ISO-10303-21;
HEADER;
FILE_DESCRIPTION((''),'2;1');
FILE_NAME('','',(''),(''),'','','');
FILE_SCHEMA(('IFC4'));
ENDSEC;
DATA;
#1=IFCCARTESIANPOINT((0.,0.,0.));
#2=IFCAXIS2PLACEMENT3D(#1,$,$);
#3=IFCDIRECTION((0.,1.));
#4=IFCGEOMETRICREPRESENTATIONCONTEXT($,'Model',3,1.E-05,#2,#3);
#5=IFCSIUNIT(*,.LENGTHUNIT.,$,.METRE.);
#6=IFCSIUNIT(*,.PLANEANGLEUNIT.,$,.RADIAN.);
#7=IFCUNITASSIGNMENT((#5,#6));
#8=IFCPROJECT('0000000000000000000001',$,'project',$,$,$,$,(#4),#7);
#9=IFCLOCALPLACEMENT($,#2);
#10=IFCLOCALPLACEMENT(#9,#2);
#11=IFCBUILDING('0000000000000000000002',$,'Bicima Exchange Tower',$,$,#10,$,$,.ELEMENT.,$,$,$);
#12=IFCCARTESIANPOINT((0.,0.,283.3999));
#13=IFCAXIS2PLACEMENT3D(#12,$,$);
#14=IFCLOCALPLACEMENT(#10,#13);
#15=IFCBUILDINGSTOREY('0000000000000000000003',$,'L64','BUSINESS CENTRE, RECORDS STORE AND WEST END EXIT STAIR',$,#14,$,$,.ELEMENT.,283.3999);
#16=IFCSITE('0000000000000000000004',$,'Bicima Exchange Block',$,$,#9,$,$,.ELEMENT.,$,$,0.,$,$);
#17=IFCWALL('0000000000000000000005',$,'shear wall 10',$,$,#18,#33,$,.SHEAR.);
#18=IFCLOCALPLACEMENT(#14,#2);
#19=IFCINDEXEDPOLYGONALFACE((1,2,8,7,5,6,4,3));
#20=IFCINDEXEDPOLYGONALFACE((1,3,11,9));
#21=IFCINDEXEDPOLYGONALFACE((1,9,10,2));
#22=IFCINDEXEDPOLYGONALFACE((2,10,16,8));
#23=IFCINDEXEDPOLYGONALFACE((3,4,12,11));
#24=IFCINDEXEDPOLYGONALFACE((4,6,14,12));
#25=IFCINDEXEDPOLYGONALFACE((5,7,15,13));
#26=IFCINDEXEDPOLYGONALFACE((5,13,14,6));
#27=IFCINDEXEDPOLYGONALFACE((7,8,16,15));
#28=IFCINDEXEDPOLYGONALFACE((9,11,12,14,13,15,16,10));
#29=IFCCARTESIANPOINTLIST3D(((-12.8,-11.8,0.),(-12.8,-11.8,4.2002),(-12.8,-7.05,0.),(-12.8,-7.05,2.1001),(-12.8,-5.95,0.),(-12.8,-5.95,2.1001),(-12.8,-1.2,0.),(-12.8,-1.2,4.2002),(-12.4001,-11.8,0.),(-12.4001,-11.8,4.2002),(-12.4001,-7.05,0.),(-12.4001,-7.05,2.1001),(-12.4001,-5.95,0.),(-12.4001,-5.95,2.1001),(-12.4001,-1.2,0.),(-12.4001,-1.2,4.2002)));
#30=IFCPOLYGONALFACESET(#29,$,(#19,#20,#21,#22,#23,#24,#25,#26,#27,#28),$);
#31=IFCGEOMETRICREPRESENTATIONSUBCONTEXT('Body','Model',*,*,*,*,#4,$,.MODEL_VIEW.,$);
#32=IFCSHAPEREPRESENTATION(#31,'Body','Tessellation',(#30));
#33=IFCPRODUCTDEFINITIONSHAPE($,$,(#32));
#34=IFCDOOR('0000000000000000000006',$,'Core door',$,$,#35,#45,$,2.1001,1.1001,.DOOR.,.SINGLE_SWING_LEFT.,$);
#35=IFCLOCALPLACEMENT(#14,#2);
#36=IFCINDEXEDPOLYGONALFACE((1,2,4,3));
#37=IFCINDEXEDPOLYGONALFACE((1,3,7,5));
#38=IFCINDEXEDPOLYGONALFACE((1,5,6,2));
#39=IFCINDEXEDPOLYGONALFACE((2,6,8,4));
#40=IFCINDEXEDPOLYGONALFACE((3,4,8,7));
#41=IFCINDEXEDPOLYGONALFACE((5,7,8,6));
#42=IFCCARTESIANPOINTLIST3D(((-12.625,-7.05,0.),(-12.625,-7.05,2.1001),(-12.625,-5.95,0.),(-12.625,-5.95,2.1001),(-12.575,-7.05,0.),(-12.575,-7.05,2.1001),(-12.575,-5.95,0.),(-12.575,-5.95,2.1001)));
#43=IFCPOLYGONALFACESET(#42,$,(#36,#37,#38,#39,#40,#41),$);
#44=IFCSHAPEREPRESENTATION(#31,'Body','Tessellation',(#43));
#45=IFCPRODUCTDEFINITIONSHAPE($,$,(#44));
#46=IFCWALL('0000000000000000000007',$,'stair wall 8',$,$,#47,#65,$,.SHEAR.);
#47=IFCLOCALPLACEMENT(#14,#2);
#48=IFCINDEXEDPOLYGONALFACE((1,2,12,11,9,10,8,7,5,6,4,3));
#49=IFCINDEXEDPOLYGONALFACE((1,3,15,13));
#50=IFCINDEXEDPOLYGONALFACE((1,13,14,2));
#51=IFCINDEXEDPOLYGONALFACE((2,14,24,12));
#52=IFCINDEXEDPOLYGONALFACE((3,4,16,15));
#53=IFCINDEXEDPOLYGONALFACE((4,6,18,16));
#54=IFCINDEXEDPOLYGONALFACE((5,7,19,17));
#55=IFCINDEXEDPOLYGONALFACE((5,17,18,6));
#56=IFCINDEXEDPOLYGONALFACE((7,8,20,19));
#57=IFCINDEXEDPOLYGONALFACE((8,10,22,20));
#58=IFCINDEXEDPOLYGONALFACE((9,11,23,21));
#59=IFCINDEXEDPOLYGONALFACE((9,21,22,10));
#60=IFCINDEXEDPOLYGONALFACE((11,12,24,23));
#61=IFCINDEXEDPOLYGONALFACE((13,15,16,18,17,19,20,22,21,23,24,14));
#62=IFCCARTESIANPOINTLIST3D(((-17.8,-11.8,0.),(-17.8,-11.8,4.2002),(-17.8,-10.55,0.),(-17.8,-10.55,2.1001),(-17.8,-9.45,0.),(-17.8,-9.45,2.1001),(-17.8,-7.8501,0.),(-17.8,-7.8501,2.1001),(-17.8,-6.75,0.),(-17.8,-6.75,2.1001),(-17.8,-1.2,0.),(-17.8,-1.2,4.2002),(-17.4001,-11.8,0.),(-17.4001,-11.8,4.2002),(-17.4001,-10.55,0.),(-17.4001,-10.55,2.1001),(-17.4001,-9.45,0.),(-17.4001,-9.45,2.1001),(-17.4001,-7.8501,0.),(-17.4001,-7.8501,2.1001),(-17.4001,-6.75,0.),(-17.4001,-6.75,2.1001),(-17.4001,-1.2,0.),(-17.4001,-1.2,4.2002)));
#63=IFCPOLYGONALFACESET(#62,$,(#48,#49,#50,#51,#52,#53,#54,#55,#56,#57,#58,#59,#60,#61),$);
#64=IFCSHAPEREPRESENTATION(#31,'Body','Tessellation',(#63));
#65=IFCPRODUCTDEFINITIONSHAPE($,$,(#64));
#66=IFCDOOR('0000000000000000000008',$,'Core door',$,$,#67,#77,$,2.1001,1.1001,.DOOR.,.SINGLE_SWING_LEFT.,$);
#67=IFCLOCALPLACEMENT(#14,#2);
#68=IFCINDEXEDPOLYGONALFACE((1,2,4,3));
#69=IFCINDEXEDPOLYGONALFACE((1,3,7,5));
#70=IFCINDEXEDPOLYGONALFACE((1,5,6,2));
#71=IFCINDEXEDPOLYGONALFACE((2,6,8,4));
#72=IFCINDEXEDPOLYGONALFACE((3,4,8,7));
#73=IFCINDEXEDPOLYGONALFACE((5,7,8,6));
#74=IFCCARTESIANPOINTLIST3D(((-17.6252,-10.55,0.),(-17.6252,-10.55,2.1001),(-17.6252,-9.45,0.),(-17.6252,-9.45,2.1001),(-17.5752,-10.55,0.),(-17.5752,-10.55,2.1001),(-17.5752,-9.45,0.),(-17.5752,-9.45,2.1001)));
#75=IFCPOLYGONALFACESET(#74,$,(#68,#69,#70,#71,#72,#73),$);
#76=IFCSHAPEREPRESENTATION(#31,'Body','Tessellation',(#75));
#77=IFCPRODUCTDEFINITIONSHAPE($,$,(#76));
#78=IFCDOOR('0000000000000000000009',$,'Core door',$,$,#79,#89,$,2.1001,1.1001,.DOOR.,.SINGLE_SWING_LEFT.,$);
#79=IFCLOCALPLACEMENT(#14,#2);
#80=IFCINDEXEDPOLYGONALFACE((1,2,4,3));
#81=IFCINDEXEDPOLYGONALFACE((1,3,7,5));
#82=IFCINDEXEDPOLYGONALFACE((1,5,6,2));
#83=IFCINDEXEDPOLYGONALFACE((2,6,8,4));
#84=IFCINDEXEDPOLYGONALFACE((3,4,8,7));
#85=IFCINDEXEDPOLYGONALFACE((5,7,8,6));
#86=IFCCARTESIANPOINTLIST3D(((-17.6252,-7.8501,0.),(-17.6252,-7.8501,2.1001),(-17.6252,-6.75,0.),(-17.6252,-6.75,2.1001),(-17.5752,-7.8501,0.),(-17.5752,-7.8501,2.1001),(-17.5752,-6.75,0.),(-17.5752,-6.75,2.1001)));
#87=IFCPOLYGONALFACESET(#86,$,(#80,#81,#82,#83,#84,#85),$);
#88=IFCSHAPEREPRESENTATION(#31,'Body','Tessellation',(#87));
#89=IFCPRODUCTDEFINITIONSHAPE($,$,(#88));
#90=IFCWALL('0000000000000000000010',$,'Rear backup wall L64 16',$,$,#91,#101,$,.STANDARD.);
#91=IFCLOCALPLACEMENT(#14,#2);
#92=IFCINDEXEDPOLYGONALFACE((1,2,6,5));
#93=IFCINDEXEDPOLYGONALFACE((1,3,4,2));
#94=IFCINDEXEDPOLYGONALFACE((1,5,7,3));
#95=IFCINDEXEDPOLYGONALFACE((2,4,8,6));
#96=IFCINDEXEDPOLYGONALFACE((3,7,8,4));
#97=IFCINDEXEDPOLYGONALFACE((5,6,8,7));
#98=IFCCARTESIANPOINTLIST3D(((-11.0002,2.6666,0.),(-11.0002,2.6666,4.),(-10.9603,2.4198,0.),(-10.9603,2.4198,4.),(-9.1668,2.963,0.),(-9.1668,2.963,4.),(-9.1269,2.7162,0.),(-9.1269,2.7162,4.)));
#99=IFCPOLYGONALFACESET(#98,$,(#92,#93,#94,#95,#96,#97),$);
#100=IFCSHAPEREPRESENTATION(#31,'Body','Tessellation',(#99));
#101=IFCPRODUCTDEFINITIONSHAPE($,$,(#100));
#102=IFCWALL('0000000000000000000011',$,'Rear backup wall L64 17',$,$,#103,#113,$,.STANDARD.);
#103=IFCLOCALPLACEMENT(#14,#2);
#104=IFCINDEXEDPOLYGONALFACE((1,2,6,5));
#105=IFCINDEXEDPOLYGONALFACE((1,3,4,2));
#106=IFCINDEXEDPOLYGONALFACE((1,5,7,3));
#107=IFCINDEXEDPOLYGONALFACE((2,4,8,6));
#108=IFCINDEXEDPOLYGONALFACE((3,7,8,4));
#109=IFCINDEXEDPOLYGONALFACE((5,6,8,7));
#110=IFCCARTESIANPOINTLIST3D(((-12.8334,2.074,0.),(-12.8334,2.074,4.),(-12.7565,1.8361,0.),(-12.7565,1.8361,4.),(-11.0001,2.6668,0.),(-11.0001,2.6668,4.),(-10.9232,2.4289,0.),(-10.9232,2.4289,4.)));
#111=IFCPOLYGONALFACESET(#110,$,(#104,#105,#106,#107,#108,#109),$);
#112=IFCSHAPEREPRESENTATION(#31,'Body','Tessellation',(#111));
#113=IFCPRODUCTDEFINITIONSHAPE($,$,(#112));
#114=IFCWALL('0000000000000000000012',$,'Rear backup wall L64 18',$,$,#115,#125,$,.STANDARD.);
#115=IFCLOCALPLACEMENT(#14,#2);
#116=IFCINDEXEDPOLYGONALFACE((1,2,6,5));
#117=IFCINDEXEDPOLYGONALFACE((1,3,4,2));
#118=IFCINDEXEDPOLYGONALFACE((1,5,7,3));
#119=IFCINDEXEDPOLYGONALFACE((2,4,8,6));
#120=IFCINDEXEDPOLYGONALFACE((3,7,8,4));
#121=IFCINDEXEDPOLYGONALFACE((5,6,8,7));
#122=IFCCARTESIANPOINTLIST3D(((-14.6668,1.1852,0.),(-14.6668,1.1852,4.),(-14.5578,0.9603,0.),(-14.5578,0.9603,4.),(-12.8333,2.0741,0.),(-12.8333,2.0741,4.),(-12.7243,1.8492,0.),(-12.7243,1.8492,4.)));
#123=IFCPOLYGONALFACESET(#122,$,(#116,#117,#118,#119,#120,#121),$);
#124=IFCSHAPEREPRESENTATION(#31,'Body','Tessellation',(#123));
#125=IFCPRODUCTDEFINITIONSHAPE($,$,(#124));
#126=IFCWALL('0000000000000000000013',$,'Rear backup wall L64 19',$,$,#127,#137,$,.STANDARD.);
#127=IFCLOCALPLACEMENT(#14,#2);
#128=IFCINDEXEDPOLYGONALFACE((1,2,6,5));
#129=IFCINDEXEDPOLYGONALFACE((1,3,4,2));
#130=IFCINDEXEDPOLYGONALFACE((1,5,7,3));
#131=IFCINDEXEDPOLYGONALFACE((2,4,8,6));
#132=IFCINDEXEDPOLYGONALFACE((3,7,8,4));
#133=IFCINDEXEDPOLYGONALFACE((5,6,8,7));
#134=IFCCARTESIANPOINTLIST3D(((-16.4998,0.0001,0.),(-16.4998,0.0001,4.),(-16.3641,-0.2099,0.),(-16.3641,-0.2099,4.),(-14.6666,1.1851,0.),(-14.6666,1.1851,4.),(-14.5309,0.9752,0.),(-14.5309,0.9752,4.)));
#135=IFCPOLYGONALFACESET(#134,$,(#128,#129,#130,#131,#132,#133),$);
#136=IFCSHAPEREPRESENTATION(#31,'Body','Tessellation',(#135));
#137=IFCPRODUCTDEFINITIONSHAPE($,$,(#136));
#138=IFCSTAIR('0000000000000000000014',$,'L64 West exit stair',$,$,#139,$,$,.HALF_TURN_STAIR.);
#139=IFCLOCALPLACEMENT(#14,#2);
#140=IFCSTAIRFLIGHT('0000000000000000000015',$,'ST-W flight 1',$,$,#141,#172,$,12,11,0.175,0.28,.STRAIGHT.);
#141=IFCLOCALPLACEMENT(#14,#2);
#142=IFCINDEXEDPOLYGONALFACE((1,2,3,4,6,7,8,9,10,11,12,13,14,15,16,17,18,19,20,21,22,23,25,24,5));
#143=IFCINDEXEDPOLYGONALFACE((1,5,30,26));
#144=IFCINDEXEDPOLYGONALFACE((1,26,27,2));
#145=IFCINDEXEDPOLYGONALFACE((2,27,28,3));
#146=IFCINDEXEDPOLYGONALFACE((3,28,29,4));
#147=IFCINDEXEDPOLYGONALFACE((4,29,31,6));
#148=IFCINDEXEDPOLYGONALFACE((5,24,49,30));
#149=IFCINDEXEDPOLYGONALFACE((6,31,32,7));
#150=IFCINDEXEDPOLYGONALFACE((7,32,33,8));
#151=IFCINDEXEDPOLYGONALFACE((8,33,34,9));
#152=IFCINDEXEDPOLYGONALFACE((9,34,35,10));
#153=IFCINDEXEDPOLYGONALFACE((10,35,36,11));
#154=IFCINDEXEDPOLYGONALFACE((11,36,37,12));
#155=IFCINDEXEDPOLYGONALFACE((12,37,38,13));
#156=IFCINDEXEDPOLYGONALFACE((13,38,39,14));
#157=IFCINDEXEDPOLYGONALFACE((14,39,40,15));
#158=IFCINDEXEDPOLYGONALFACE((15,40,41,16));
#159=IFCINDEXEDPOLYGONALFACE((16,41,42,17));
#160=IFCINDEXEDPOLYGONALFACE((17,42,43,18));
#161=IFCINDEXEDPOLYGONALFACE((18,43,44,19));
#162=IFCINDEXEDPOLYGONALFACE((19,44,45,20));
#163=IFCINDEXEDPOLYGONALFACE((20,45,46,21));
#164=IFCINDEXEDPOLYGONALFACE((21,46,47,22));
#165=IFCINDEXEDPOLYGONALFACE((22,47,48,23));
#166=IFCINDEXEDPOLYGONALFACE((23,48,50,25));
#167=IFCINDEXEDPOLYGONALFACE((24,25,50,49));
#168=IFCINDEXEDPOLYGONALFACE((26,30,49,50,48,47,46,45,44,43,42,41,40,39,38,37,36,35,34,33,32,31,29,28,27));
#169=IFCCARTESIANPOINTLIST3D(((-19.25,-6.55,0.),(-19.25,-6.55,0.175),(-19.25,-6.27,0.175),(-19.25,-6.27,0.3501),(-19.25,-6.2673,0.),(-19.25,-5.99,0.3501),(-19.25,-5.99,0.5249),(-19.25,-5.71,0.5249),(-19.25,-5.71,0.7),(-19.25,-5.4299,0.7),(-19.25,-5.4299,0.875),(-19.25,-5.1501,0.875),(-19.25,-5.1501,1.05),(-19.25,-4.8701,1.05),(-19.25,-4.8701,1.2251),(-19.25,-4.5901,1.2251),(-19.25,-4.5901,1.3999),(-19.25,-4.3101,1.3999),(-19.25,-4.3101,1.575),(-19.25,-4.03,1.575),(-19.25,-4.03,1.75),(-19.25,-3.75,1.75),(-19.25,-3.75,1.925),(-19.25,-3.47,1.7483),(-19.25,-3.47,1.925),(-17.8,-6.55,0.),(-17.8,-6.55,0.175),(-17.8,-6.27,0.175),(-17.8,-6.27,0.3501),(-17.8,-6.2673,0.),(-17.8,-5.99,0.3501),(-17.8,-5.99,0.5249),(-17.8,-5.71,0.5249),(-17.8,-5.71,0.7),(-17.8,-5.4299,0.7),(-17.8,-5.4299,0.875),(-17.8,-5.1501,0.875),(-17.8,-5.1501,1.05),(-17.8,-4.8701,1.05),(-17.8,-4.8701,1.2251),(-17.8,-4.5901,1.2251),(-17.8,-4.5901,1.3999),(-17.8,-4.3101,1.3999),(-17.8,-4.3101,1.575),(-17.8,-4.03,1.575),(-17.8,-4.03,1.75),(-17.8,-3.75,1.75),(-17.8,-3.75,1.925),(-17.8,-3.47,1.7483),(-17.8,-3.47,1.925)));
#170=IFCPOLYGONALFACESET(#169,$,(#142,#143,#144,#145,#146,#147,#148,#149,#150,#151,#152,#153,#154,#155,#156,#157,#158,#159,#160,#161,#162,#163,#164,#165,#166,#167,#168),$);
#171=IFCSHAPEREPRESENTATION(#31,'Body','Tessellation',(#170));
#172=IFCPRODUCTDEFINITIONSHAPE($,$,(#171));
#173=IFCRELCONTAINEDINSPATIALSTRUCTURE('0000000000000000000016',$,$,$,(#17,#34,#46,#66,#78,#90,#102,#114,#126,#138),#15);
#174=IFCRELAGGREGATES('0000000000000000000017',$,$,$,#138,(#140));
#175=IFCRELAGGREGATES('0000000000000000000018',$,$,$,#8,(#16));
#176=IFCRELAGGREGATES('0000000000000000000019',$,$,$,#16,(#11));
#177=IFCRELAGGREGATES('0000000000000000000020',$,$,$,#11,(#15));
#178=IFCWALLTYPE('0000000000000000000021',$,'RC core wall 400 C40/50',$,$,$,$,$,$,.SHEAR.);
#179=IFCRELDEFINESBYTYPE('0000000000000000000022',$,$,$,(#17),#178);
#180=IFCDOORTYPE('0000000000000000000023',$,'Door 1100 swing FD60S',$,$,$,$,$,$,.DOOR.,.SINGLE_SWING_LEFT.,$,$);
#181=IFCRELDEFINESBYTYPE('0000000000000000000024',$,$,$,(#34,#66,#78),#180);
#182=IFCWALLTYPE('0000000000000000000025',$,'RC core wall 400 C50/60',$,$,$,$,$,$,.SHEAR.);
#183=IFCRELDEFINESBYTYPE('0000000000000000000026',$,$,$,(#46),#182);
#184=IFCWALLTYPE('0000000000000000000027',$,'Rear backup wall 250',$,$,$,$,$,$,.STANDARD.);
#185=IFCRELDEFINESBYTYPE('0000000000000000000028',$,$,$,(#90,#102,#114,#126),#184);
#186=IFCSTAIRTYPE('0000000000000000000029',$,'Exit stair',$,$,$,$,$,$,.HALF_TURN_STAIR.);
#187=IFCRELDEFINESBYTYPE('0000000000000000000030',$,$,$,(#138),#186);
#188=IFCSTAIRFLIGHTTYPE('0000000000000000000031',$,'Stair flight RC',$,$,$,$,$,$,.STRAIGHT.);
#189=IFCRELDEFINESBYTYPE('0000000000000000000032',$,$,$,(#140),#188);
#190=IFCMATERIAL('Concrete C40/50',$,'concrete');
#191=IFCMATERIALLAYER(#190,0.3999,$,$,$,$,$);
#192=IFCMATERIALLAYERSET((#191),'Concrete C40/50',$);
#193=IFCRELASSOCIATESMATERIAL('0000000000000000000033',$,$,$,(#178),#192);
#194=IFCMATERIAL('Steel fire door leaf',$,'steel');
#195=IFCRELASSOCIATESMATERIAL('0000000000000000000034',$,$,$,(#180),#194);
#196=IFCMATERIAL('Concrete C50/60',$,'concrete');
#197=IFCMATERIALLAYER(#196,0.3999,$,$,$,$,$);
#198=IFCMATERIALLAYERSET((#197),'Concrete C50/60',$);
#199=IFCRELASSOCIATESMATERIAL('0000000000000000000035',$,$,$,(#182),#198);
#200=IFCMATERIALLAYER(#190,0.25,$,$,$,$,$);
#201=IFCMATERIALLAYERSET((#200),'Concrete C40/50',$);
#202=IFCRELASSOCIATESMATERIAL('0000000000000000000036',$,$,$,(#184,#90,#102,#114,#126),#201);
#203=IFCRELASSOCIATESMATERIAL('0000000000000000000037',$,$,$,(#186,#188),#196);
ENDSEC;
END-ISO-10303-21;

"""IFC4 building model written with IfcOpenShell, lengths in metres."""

from ifc_helpers import new_model, si_unit, direction, frame, frame_2d, origin, place, context, subcontext, project, spatial, polyline, rectangle, outline, extrude, material, layer, layer_set, layer_usage, type_object, element, fill, aggregate, save


model = new_model("IFC4")

# Units and contexts
model_context = context("Model", 3, precision=1e-05, world=origin(), true_north=direction((0.0, 1.0)))
body_context = subcontext(model_context, "Body", "Model", "MODEL_VIEW")
ifc_project = project(units=[si_unit("LENGTHUNIT", "METRE"), si_unit("PLANEANGLEUNIT", "RADIAN")], contexts=[model_context])

# Site, building, storey
site_placement = place(None, origin())
site = spatial("IfcSite", under=ifc_project, at=site_placement, Name="Bicima Exchange Block", CompositionType="ELEMENT", RefElevation=0.0)
building_placement = place(site_placement, origin())
building = spatial("IfcBuilding", under=site, at=building_placement, Name="Bicima Exchange Tower", CompositionType="ELEMENT")
storey_placement = place(building_placement, frame((0.0, 0.0, 283.3999)))
storey = spatial("IfcBuildingStorey", under=building, at=storey_placement, Name="L64", Description="BUSINESS CENTRE, RECORDS STORE AND WEST END EXIT STAIR", CompositionType="ELEMENT", Elevation=283.3999)

# Shared definitions
ifc_material_1 = material(Name="Concrete C40/50", Category="concrete")
ifc_layer_1 = layer(ifc_material_1, 0.3999)
ifc_layer_set_1 = layer_set([ifc_layer_1], Name="Concrete C40/50")
wall_type_1 = type_object("IfcWallType", Name="RC core wall 400 C40/50", PredefinedType="SHEAR", material=ifc_layer_set_1)

# Shared definitions
ifc_material_2 = material(Name="Steel fire door leaf", Category="steel")

# Wall, opening, door
wall_1_placement = place(storey_placement, frame((-12.6001, -11.8, 0.0), z_axis=(0.0, 0.0, 1.0), x_axis=(0.0, 1.0, 0.0)))
wall_1 = element("IfcWall", 1, at=wall_1_placement, inside=storey, type_object=wall_type_1, Name="shear wall 10", PredefinedType="SHEAR", context=body_context, shape_type="SweptSolid", body=[
    extrude(rectangle(XDim=10.6001, YDim=0.3999, at=frame_2d((5.3, 0.0))), origin(), (0.0, 0.0, 1.0), 4.2002),
])
opening_1_placement = place(wall_1_placement, frame((4.75, 0.0, 0.0)))
opening_1 = element("IfcOpeningElement", 2, at=opening_1_placement, cuts=wall_1, PredefinedType="OPENING", context=body_context, shape_type="SweptSolid", body=[
    extrude(rectangle(XDim=1.1001, YDim=2.1001, at=frame_2d((0.55, 1.05))), frame((0.0, 0.2119, 0.0), z_axis=(0.0, -1.0, 0.0), x_axis=(1.0, 0.0, 0.0)), (0.0, 0.0, 1.0), 0.4238),
])
door_type_1 = type_object("IfcDoorType", Name="Door 1100 swing FD60S", OperationType="SINGLE_SWING_LEFT", PredefinedType="DOOR", material=ifc_material_2)
door_1_placement = place(opening_1_placement, origin())
door_1 = element("IfcDoor", 3, at=door_1_placement, inside=storey, type_object=door_type_1, Name="Core door", OperationType="SINGLE_SWING_LEFT", OverallHeight=2.1001, OverallWidth=1.1001, PredefinedType="DOOR", context=body_context, shape_type="SweptSolid", body=[
    extrude(rectangle(XDim=1.1001, YDim=2.1001, at=frame_2d((0.55, 1.05))), frame((0.0, 0.0249, 0.0), z_axis=(0.0, -1.0, 0.0), x_axis=(1.0, 0.0, 0.0)), (0.0, 0.0, 1.0), 0.05),
])
fill(opening_1, door_1)

# Wall, openings, doors
ifc_material_3 = material(Name="Concrete C50/60", Category="concrete")
ifc_layer_2 = layer(ifc_material_3, 0.3999)
ifc_layer_set_2 = layer_set([ifc_layer_2], Name="Concrete C50/60")
wall_type_2 = type_object("IfcWallType", Name="RC core wall 400 C50/60", PredefinedType="SHEAR", material=ifc_layer_set_2)
wall_2_placement = place(storey_placement, frame((-17.6001, -11.8, 0.0), z_axis=(0.0, 0.0, 1.0), x_axis=(0.0, 1.0, 0.0)))
wall_2 = element("IfcWall", 4, at=wall_2_placement, inside=storey, type_object=wall_type_2, Name="stair wall 8", PredefinedType="SHEAR", context=body_context, shape_type="SweptSolid", body=[
    extrude(rectangle(XDim=10.6001, YDim=0.3999, at=frame_2d((5.3, 0.0))), origin(), (0.0, 0.0, 1.0), 4.2002),
])
opening_2_placement = place(wall_2_placement, frame((1.25, 0.0, 0.0)))
opening_2 = element("IfcOpeningElement", 5, at=opening_2_placement, cuts=wall_2, PredefinedType="OPENING", context=body_context, shape_type="SweptSolid", body=[
    extrude(rectangle(XDim=1.1001, YDim=2.1001, at=frame_2d((0.55, 1.05))), frame((0.0, 0.2119, 0.0), z_axis=(0.0, -1.0, 0.0), x_axis=(1.0, 0.0, 0.0)), (0.0, 0.0, 1.0), 0.4238),
])
opening_3_placement = place(wall_2_placement, frame((3.95, 0.0, 0.0)))
opening_3 = element("IfcOpeningElement", 6, at=opening_3_placement, cuts=wall_2, PredefinedType="OPENING", context=body_context, shape_type="SweptSolid", body=[
    extrude(rectangle(XDim=1.1001, YDim=2.1001, at=frame_2d((0.55, 1.05))), frame((0.0, 0.2119, 0.0), z_axis=(0.0, -1.0, 0.0), x_axis=(1.0, 0.0, 0.0)), (0.0, 0.0, 1.0), 0.4238),
])
door_2_placement = place(opening_2_placement, frame((1.1001, 0.0, 0.0), z_axis=(0.0, 0.0, 1.0), x_axis=(-1.0, 0.0, 0.0)))
door_2 = element("IfcDoor", 7, at=door_2_placement, inside=storey, type_object=door_type_1, Name="Core door", OperationType="SINGLE_SWING_LEFT", OverallHeight=2.1001, OverallWidth=1.1001, PredefinedType="DOOR", context=body_context, shape_type="SweptSolid", body=[
    extrude(rectangle(XDim=1.1001, YDim=2.1001, at=frame_2d((0.55, 1.05))), frame((0.0, 0.0249, 0.0), z_axis=(0.0, -1.0, 0.0), x_axis=(1.0, 0.0, 0.0)), (0.0, 0.0, 1.0), 0.05),
])
fill(opening_2, door_2)
door_3_placement = place(opening_3_placement, frame((1.1001, 0.0, 0.0), z_axis=(0.0, 0.0, 1.0), x_axis=(-1.0, 0.0, 0.0)))
door_3 = element("IfcDoor", 8, at=door_3_placement, inside=storey, type_object=door_type_1, Name="Core door", OperationType="SINGLE_SWING_LEFT", OverallHeight=2.1001, OverallWidth=1.1001, PredefinedType="DOOR", context=body_context, shape_type="SweptSolid", body=[
    extrude(rectangle(XDim=1.1001, YDim=2.1001, at=frame_2d((0.55, 1.05))), frame((0.0, 0.0249, 0.0), z_axis=(0.0, -1.0, 0.0), x_axis=(1.0, 0.0, 0.0)), (0.0, 0.0, 1.0), 0.05),
])
fill(opening_3, door_3)

# Walls
ifc_layer_3 = layer(ifc_material_1, 0.25)
ifc_layer_set_3 = layer_set([ifc_layer_3], Name="Concrete C40/50")
ifc_layer_usage = layer_usage(ifc_layer_set_3, "AXIS2", "POSITIVE", -0.125)
wall_type_3 = type_object("IfcWallType", Name="Rear backup wall 250", PredefinedType="STANDARD", material=ifc_layer_set_3)
wall_3_placement = place(storey_placement, frame((-9.1467, 2.8396, 0.0), z_axis=(0.0, 0.0, 1.0), x_axis=(-0.987182, -0.1596, 0.0)))
element("IfcWall", 9, at=wall_3_placement, inside=storey, type_object=wall_type_3, material=ifc_layer_usage, Name="Rear backup wall L64 16", PredefinedType="STANDARD", context=body_context, shape_type="SweptSolid", body=[
    extrude(rectangle(XDim=1.8572, YDim=0.25, at=frame_2d((0.9287, 0.0))), origin(), (0.0, 0.0, 1.0), 4.0),
])
wall_4_placement = place(storey_placement, frame((-10.9617, 2.5479, 0.0), z_axis=(0.0, 0.0, 1.0), x_axis=(-0.951496, -0.307662, 0.0)))
element("IfcWall", 10, at=wall_4_placement, inside=storey, type_object=wall_type_3, material=ifc_layer_usage, Name="Rear backup wall L64 17", PredefinedType="STANDARD", context=body_context, shape_type="SweptSolid", body=[
    extrude(rectangle(XDim=1.9268, YDim=0.25, at=frame_2d((0.9634, 0.0))), origin(), (0.0, 0.0, 1.0), 4.0),
])
wall_5_placement = place(storey_placement, frame((-12.7788, 1.9617, 0.0), z_axis=(0.0, 0.0, 1.0), x_axis=(-0.899824, -0.436253, 0.0)))
element("IfcWall", 11, at=wall_5_placement, inside=storey, type_object=wall_type_3, material=ifc_layer_usage, Name="Rear backup wall L64 18", PredefinedType="STANDARD", context=body_context, shape_type="SweptSolid", body=[
    extrude(rectangle(XDim=2.0376, YDim=0.25, at=frame_2d((1.0188, 0.0))), origin(), (0.0, 0.0, 1.0), 4.0),
])
wall_6_placement = place(storey_placement, frame((-14.5989, 1.0801, 0.0), z_axis=(0.0, 0.0, 1.0), x_axis=(-0.839813, -0.542876, 0.0)))
element("IfcWall", 12, at=wall_6_placement, inside=storey, type_object=wall_type_3, material=ifc_layer_usage, Name="Rear backup wall L64 19", PredefinedType="STANDARD", context=body_context, shape_type="SweptSolid", body=[
    extrude(rectangle(XDim=2.1829, YDim=0.25, at=frame_2d((1.0913, 0.0))), origin(), (0.0, 0.0, 1.0), 4.0),
])

# Stair, stair flight
stair_type = type_object("IfcStairType", Name="Exit stair", PredefinedType="HALF_TURN_STAIR", material=ifc_material_3)
stair_placement = place(storey_placement, origin())
stair = element("IfcStair", 13, at=stair_placement, inside=storey, type_object=stair_type, Name="L64 West exit stair", PredefinedType="HALF_TURN_STAIR")
stair_flight_type = type_object("IfcStairFlightType", Name="Stair flight RC", PredefinedType="STRAIGHT", material=ifc_material_3)
stair_flight_1_placement = place(storey_placement, frame((-18.5249, -6.55, 0.0), z_axis=(0.0, 0.0, 1.0), x_axis=(0.0, 1.0, 0.0)))
stair_flight_1 = element("IfcStairFlight", 14, at=stair_flight_1_placement, type_object=stair_flight_type, Name="ST-W flight 1", NumberOfRisers=12, NumberOfTreads=11, PredefinedType="STRAIGHT", RiserHeight=0.175, TreadLength=0.28, context=body_context, shape_type="SweptSolid", body=[
    extrude(outline(polyline([(0.0, 0.0), (0.0, 0.175), (0.28, 0.175), (0.28, 0.3501), (0.5601, 0.3501), (0.5601, 0.5249), (0.8401, 0.5249), (0.8401, 0.7), (1.1201, 0.7), (1.1201, 0.875), (1.3999, 0.875), (1.3999, 1.05), (1.6799, 1.05), (1.6799, 1.2251), (1.96, 1.2251), (1.96, 1.3999), (2.24, 1.3999), (2.24, 1.575), (2.52, 1.575), (2.52, 1.75), (2.8, 1.75), (2.8, 1.925), (3.0801, 1.925), (3.0801, 2.1001), (3.0801, 1.7483), (0.2827, 0.0), (0.0, 0.0)])), frame((0.0, 0.7251, 0.0), z_axis=(0.0, -1.0, 0.0), x_axis=(1.0, 0.0, 0.0)), (0.0, 0.0, 1.0), 1.45),
])
aggregate(stair, [stair_flight_1])

save(model, "model.ifc")
